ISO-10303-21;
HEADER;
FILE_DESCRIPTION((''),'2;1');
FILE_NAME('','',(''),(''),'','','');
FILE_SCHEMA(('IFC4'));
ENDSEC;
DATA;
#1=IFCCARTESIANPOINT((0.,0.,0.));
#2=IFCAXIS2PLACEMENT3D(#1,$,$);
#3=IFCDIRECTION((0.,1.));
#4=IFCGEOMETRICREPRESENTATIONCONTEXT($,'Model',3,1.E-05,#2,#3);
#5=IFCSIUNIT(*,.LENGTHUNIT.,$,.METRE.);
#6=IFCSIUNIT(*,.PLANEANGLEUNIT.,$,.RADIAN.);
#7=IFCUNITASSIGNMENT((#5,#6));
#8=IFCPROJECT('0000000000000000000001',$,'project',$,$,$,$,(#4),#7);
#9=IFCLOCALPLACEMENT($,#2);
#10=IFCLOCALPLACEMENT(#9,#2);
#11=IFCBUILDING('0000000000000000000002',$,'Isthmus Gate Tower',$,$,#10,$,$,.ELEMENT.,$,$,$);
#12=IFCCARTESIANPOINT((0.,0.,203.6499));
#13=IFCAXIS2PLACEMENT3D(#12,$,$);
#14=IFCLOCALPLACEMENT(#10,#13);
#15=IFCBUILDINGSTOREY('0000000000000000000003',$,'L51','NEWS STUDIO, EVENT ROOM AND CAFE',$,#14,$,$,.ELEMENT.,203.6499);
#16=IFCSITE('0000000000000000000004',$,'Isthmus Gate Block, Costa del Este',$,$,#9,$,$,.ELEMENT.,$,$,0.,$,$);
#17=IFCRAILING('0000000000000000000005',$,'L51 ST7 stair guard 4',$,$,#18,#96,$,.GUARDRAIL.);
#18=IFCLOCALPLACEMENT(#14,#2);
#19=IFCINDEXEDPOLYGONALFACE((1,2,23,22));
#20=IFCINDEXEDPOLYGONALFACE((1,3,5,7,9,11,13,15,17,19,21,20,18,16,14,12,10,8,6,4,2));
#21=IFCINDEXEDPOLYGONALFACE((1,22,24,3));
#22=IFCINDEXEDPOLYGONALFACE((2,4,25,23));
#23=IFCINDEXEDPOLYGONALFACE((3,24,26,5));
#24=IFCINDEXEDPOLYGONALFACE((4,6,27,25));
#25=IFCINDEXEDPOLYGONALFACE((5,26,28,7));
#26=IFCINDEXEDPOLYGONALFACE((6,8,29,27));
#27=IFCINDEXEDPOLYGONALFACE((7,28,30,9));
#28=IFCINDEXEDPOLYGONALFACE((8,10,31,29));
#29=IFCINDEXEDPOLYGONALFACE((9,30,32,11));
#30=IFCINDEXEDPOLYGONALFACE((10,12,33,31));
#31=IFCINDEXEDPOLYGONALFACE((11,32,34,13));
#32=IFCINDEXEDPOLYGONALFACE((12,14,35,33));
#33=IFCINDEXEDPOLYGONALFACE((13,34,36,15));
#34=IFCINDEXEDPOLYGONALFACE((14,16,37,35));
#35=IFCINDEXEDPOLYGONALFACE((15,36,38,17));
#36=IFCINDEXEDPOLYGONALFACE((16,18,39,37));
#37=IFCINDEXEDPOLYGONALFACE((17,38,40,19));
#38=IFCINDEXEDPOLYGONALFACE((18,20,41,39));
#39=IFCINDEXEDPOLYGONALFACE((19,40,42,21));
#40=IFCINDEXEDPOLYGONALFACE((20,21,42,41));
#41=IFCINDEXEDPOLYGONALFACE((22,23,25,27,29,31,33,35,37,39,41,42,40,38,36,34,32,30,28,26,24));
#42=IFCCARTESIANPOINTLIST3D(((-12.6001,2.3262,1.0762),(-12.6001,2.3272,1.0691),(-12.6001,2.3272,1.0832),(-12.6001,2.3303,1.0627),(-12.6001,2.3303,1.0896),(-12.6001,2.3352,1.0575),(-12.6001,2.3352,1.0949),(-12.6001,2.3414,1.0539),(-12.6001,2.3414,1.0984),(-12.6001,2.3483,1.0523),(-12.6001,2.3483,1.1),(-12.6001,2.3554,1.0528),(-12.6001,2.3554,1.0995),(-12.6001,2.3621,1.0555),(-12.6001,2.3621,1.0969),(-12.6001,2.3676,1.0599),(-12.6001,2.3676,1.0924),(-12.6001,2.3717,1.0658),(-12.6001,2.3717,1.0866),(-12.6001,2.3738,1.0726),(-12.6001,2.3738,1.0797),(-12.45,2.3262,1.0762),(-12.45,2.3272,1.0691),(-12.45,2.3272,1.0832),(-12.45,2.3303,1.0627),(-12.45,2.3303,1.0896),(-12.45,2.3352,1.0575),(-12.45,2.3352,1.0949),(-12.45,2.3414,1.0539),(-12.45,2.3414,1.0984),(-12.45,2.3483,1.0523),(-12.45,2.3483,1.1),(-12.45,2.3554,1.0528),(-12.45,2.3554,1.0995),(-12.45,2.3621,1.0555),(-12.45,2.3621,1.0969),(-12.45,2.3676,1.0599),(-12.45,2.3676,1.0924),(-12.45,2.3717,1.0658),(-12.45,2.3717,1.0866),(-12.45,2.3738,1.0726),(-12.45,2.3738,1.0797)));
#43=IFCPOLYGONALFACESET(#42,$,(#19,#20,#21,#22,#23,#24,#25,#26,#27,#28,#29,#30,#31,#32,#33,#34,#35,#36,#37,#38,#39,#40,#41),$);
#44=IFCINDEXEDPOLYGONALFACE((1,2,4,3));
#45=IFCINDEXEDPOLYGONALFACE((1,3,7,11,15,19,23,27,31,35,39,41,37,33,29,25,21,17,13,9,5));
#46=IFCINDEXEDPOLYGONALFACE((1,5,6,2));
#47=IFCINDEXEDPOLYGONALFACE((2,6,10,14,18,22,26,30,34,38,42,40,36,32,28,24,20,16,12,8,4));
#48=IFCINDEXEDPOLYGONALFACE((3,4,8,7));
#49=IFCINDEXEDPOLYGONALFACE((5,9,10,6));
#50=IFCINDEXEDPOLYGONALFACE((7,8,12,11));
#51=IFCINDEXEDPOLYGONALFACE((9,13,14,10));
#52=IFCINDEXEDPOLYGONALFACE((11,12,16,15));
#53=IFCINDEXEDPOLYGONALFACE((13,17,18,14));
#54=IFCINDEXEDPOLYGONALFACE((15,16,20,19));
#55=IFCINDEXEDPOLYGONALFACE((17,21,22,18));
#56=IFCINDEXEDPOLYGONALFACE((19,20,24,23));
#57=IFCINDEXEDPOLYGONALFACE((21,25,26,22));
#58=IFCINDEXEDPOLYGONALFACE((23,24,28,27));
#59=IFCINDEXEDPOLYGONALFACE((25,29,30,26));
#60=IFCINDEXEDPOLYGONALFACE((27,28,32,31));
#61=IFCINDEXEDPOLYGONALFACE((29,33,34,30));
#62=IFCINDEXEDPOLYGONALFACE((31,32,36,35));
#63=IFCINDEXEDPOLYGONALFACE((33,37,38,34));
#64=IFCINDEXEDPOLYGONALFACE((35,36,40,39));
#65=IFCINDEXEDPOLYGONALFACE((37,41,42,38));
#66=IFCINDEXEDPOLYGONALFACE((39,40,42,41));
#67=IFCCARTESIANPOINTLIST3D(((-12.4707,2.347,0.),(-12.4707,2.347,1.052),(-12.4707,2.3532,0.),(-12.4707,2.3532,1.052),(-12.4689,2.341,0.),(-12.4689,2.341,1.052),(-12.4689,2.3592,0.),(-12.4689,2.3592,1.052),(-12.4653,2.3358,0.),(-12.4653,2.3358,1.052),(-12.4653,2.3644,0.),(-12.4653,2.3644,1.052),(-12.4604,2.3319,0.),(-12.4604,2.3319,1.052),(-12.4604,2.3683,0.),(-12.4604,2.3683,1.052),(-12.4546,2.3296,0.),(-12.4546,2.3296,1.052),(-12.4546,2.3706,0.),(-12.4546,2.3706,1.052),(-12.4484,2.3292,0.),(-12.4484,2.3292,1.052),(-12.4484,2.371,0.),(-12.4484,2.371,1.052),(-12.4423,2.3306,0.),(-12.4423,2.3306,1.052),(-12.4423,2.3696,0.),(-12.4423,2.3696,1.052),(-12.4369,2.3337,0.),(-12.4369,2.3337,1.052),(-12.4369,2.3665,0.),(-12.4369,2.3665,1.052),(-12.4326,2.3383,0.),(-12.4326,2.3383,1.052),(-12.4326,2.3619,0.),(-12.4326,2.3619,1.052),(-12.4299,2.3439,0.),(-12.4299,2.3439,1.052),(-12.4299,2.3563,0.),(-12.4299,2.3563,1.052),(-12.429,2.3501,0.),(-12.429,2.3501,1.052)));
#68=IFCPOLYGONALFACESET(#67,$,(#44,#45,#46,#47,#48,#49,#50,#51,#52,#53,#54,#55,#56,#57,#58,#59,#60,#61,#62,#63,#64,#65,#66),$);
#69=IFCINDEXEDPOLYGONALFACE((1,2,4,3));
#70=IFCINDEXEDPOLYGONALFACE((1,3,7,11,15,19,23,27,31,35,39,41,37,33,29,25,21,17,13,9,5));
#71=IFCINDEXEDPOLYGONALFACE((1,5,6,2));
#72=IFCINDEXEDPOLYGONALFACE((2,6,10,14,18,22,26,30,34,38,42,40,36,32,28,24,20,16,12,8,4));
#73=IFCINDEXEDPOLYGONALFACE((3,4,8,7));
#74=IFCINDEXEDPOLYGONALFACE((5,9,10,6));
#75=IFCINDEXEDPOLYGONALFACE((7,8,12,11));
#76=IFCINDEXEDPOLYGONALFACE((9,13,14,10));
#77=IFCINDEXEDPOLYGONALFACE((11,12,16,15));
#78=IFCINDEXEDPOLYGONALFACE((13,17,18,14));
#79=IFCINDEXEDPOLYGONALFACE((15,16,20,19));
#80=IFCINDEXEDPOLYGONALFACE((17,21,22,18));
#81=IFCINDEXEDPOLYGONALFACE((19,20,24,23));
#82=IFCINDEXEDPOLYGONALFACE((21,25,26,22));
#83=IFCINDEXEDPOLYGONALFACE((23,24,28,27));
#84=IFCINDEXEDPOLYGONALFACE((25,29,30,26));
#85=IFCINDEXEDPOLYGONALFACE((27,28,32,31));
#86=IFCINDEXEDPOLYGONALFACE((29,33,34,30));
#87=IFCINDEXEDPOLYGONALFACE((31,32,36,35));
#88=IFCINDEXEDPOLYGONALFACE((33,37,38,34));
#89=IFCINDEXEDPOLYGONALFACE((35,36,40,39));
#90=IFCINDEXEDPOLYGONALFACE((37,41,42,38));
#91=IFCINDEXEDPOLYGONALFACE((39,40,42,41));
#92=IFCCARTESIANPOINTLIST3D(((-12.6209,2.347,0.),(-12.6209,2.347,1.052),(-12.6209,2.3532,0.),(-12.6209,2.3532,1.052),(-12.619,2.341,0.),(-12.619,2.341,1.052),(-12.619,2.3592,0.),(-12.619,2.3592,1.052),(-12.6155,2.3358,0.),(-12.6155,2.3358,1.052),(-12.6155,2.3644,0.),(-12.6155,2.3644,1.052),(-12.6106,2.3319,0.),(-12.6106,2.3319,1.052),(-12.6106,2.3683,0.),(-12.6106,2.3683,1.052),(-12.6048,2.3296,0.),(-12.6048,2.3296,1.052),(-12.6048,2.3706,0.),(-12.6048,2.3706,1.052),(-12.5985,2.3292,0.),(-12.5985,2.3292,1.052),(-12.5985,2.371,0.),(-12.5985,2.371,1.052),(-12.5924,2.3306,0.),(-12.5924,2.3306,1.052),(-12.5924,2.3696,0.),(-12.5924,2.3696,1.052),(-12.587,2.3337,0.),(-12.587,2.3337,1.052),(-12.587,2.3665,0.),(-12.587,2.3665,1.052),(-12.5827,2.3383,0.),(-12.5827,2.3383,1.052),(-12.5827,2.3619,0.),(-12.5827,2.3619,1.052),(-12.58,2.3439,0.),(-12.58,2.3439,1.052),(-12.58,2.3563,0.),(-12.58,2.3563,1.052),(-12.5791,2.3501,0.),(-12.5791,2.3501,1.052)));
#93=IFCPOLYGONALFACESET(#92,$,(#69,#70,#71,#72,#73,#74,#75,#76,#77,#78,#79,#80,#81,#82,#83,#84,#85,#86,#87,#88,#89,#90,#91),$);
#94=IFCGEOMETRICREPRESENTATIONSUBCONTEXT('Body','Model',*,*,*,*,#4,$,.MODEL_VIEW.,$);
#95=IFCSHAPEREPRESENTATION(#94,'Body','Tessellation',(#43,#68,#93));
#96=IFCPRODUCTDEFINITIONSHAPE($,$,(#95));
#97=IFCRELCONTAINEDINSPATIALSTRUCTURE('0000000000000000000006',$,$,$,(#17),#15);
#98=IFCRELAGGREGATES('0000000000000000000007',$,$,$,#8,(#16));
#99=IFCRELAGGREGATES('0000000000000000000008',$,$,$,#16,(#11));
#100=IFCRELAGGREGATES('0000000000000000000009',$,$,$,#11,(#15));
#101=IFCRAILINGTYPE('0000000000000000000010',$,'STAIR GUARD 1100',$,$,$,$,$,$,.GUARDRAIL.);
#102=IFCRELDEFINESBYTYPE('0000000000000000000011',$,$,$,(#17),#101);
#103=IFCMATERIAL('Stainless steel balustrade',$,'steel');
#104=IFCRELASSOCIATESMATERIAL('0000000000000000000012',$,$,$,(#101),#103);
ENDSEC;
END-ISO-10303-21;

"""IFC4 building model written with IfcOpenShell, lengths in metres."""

from ifc_helpers import new_model, si_unit, direction, frame, origin, origin_2d, place, context, subcontext, project, spatial, circle, extrude, material, type_object, element, save


model = new_model("IFC4")

# Units and contexts
model_context = context("Model", 3, precision=1e-05, world=origin(), true_north=direction((0.0, 1.0)))
body_context = subcontext(model_context, "Body", "Model", "MODEL_VIEW")
ifc_project = project(units=[si_unit("LENGTHUNIT", "METRE"), si_unit("PLANEANGLEUNIT", "RADIAN")], contexts=[model_context])

# Site, building, storey
site_placement = place(None, origin())
site = spatial("IfcSite", under=ifc_project, at=site_placement, Name="Isthmus Gate Block, Costa del Este", CompositionType="ELEMENT", RefElevation=0.0)
building_placement = place(site_placement, origin())
building = spatial("IfcBuilding", under=site, at=building_placement, Name="Isthmus Gate Tower", CompositionType="ELEMENT")
storey_placement = place(building_placement, frame((0.0, 0.0, 203.6499)))
storey = spatial("IfcBuildingStorey", under=building, at=storey_placement, Name="L51", Description="NEWS STUDIO, EVENT ROOM AND CAFE", CompositionType="ELEMENT", Elevation=203.6499)

# Railing
ifc_material_1 = material(Name="Stainless steel balustrade", Category="steel")
railing_type_1 = type_object("IfcRailingType", Name="STAIR GUARD 1100", PredefinedType="GUARDRAIL", material=ifc_material_1)
railing_1_placement = place(storey_placement, frame((-12.45, 2.3501, 0.0)))
element("IfcRailing", 1, at=railing_1_placement, inside=storey, type_object=railing_type_1, Name="L51 ST7 stair guard 4", PredefinedType="GUARDRAIL", context=body_context, shape_type="SweptSolid", body=[
    extrude(circle(Radius=0.0239, at=origin_2d()), frame((0.0, 0.0, 1.0762), z_axis=(-1.0, 0.0, 0.0), x_axis=(0.0, -1.0, 0.0)), (0.0, 0.0, 1.0), 0.1501),
    extrude(circle(Radius=0.021, at=origin_2d()), origin(), (0.0, 0.0, 1.0), 1.052),
    extrude(circle(Radius=0.021, at=origin_2d()), frame((-0.1501, 0.0, 0.0)), (0.0, 0.0, 1.0), 1.052),
])

save(model, "model.ifc")
